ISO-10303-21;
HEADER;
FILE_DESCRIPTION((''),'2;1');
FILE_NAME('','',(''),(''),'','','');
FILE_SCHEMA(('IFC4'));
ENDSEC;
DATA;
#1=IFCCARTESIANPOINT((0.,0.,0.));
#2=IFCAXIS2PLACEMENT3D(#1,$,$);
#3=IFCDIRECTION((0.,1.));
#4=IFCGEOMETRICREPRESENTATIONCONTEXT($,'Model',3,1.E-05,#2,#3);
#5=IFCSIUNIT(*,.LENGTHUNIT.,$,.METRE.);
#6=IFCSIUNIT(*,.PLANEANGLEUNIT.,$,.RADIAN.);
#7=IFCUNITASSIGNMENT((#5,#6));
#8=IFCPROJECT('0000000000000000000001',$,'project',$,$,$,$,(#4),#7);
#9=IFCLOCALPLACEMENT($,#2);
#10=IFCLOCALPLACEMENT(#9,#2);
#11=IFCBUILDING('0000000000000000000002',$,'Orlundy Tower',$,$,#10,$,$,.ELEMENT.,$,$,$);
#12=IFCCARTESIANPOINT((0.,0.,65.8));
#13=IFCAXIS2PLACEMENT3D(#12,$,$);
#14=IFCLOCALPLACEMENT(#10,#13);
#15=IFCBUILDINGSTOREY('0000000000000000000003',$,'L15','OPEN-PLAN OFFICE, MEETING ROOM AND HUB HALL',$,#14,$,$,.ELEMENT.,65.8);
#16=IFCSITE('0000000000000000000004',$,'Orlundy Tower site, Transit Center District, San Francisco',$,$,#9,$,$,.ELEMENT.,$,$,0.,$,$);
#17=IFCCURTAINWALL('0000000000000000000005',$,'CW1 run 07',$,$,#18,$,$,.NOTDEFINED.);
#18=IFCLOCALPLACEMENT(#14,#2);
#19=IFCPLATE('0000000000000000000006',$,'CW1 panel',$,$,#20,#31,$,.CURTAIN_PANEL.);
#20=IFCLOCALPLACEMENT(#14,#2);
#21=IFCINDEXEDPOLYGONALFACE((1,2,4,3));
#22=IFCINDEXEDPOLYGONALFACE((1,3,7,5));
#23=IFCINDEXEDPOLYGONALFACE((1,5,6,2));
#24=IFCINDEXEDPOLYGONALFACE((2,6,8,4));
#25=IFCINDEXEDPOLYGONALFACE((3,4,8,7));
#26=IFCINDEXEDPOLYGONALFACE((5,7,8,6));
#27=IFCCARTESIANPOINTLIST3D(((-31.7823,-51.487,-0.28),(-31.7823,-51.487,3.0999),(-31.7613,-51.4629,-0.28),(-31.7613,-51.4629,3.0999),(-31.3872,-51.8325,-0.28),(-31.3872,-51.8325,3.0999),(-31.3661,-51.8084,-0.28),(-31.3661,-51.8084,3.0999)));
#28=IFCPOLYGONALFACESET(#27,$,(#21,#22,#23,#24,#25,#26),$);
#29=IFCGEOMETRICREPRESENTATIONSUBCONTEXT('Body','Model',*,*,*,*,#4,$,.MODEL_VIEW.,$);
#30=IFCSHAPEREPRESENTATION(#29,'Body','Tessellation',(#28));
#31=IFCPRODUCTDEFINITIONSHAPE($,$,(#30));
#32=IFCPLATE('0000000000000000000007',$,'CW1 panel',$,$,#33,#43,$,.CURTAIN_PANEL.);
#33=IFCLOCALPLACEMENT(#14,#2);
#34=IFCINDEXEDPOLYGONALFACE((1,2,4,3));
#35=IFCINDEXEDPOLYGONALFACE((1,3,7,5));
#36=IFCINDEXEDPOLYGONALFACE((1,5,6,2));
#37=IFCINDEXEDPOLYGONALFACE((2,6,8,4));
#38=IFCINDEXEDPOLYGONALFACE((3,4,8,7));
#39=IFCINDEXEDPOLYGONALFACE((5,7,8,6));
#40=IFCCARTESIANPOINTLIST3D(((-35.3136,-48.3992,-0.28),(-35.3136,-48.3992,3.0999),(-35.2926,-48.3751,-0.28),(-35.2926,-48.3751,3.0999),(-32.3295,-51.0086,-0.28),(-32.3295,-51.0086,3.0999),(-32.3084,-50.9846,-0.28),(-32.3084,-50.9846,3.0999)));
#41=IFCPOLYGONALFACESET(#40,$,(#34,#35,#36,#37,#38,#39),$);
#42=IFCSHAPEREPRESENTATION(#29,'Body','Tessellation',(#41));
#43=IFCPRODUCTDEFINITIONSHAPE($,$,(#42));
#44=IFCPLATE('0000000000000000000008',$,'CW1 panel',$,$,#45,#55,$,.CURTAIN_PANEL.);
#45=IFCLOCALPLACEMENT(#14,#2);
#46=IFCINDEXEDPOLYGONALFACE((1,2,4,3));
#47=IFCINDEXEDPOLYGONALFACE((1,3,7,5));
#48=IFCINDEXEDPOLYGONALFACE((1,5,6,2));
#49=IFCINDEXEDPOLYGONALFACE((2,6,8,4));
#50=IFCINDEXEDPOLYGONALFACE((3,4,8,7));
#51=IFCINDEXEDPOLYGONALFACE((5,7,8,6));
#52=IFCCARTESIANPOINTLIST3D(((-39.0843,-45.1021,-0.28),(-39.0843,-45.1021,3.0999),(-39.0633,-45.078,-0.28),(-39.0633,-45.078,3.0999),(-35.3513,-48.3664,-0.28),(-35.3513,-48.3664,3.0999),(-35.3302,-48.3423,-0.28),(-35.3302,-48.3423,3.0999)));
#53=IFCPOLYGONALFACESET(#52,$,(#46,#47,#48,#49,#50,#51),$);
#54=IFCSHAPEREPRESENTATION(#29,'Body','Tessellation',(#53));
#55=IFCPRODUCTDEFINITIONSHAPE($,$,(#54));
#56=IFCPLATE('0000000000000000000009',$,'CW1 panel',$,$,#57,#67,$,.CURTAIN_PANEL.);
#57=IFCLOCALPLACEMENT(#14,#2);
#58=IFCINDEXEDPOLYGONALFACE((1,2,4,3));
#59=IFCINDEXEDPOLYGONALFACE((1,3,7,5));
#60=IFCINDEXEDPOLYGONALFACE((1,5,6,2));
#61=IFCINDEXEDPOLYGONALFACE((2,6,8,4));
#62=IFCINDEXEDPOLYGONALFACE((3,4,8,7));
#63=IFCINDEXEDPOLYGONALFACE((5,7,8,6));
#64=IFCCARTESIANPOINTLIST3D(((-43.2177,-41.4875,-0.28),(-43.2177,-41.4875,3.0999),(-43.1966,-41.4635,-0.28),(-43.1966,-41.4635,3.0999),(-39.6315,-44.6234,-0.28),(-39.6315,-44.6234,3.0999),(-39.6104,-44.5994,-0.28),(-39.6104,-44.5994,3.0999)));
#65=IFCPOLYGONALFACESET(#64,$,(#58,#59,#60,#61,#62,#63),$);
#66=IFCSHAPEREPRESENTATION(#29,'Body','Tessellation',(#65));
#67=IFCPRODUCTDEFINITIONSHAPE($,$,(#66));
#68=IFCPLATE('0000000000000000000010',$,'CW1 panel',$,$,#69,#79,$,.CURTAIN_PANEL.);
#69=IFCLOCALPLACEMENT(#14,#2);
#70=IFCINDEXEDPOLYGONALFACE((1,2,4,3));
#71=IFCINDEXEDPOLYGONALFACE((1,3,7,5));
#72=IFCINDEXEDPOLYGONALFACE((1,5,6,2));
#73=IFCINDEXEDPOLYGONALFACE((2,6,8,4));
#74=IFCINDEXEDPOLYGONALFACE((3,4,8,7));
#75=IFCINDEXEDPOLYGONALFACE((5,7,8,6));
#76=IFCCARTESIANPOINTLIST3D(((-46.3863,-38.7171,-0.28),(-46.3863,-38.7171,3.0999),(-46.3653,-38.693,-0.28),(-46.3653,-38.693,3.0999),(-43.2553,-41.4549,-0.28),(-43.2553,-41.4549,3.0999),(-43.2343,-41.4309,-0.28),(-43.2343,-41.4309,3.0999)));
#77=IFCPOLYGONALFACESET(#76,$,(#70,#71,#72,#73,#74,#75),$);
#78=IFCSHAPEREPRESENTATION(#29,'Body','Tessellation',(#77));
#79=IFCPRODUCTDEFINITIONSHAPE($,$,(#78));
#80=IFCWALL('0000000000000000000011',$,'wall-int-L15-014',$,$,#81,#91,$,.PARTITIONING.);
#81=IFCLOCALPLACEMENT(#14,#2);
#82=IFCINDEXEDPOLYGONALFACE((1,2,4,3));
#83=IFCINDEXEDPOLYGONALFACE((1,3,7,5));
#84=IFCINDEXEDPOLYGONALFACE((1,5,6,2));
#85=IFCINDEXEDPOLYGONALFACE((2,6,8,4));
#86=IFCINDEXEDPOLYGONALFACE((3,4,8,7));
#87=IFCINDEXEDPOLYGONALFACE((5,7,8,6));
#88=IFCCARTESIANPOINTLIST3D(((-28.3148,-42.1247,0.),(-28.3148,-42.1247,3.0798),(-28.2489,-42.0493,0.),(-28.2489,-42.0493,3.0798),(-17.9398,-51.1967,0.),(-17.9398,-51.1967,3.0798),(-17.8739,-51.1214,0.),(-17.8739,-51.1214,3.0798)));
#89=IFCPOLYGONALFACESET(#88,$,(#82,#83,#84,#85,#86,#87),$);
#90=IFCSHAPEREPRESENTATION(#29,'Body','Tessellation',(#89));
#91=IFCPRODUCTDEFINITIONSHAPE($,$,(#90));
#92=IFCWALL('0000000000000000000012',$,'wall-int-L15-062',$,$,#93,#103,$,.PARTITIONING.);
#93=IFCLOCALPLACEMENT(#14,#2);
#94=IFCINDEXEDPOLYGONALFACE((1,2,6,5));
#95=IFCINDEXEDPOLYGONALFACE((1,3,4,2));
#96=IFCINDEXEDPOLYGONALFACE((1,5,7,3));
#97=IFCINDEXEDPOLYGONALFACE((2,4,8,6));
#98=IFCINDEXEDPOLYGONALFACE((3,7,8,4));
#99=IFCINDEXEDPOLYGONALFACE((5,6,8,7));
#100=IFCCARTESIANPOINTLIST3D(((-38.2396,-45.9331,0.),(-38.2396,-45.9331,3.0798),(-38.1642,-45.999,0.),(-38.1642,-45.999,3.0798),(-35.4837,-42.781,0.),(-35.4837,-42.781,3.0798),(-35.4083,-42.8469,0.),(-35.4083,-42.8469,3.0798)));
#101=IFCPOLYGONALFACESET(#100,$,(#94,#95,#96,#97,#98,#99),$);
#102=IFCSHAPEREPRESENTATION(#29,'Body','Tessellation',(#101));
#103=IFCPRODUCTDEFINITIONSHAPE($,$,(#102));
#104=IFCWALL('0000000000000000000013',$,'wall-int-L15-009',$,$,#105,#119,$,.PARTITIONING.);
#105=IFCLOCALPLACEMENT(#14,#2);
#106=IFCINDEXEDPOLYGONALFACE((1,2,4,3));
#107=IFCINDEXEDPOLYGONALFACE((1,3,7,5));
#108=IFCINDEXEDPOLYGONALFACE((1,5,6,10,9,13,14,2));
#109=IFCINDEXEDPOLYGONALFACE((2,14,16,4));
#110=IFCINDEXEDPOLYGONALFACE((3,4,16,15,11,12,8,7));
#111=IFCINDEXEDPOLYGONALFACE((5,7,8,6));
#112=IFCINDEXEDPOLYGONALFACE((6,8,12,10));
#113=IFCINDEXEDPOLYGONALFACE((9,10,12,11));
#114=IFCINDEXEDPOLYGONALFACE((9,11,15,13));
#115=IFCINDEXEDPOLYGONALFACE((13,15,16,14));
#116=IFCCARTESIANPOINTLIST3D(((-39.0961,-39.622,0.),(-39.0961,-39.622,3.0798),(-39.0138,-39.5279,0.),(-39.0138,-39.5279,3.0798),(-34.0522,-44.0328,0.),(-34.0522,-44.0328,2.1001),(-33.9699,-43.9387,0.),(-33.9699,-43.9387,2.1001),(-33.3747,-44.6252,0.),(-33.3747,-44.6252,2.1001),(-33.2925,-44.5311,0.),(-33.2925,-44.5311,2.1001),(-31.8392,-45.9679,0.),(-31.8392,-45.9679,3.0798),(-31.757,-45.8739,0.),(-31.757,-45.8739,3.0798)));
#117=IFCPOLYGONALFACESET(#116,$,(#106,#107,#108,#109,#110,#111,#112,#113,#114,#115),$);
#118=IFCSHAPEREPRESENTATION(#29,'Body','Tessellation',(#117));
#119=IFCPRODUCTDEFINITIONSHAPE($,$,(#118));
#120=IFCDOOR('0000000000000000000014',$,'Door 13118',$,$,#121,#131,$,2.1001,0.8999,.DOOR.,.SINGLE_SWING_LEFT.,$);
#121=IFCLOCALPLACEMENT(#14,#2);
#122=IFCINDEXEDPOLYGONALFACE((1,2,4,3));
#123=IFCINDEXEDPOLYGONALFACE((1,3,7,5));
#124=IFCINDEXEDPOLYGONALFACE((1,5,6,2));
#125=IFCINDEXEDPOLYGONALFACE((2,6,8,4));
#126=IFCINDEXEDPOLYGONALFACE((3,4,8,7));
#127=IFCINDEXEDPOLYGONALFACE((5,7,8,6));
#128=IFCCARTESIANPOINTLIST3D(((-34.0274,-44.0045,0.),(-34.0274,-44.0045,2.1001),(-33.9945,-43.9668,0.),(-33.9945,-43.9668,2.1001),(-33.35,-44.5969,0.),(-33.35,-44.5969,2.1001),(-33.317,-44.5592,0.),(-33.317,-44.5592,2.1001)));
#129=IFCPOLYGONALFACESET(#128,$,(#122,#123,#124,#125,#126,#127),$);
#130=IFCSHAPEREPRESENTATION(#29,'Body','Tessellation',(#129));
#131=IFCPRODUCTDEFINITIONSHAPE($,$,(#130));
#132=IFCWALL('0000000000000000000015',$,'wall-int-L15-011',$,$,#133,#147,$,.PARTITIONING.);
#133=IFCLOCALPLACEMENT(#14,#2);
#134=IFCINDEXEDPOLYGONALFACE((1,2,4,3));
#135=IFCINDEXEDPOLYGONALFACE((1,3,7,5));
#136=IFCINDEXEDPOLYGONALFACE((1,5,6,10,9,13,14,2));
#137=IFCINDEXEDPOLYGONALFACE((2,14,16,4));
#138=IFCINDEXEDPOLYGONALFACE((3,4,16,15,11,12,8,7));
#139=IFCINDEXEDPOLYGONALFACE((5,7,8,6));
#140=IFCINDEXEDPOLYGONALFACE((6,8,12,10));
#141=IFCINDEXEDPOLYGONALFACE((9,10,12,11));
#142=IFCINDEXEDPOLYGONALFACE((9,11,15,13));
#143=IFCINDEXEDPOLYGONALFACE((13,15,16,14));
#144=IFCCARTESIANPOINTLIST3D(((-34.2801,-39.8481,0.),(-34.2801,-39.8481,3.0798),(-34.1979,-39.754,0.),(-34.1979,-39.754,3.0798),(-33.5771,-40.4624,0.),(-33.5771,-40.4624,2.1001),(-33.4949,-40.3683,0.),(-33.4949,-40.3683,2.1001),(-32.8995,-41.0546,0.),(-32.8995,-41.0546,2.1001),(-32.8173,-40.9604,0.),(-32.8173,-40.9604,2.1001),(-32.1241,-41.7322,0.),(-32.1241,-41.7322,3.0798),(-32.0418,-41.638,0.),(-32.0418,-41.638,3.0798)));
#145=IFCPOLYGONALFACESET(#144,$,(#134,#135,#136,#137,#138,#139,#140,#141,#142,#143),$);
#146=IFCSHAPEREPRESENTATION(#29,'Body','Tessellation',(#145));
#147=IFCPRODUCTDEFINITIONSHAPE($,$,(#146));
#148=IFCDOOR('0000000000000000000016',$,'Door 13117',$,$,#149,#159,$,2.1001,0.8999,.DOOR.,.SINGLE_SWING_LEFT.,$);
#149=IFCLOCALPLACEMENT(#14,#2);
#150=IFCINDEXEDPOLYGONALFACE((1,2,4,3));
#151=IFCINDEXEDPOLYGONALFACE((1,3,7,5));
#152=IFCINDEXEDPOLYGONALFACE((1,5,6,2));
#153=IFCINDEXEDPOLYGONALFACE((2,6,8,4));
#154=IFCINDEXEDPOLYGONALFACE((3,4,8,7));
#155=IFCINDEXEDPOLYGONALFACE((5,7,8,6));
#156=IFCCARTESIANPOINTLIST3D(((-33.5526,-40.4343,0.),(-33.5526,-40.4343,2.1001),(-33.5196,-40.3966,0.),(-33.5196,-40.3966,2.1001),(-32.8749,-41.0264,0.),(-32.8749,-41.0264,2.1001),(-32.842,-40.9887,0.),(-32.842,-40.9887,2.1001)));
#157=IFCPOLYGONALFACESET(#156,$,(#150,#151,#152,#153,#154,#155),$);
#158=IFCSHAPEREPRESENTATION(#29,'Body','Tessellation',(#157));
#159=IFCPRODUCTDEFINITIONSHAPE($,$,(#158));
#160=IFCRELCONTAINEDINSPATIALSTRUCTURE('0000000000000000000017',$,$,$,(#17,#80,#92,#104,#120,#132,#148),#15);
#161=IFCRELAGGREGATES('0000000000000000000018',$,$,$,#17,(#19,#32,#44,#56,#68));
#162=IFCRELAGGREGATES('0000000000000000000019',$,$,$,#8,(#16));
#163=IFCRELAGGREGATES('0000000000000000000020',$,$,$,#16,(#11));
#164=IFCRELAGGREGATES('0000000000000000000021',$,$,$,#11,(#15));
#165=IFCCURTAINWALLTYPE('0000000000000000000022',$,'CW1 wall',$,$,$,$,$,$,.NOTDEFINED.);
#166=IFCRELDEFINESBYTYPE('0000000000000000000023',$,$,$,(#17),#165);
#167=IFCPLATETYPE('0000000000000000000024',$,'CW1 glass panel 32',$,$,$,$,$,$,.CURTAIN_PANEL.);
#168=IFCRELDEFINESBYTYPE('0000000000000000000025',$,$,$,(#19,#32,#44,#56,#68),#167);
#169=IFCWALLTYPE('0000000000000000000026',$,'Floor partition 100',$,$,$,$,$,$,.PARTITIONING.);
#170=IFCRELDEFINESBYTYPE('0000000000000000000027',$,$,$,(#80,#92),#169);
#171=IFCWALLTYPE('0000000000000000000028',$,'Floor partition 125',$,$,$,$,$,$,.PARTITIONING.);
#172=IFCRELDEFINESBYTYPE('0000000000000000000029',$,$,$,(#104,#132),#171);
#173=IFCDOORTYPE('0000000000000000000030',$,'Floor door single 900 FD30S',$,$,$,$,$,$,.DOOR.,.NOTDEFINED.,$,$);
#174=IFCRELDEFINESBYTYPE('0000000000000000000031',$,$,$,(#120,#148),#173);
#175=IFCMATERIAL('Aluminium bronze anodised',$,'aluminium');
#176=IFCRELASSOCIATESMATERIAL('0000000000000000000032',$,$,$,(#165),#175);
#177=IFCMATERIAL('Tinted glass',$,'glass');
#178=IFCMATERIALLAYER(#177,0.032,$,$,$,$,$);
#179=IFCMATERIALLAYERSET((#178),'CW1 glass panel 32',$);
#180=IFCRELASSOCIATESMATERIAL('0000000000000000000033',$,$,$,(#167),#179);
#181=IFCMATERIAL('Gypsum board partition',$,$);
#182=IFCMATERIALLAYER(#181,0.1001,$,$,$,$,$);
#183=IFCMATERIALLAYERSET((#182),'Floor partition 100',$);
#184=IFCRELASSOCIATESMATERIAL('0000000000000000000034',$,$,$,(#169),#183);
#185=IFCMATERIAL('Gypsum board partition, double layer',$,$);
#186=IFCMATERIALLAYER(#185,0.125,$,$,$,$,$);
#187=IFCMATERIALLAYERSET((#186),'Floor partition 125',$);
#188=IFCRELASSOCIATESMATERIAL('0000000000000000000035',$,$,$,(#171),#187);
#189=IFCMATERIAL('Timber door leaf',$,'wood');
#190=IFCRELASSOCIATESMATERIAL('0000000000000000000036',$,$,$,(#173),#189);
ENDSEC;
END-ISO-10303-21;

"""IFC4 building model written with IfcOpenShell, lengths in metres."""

from ifc_helpers import new_model, si_unit, direction, frame, frame_2d, origin, origin_2d, place, context, subcontext, project, spatial, rectangle, extrude, material, layer, layer_set, type_object, element, fill, aggregate, save


model = new_model("IFC4")

# Units and contexts
model_context = context("Model", 3, precision=1e-05, world=origin(), true_north=direction((0.0, 1.0)))
body_context = subcontext(model_context, "Body", "Model", "MODEL_VIEW")
ifc_project = project(units=[si_unit("LENGTHUNIT", "METRE"), si_unit("PLANEANGLEUNIT", "RADIAN")], contexts=[model_context])

# Site, building, storey
site_placement = place(None, origin())
site = spatial("IfcSite", under=ifc_project, at=site_placement, Name="Orlundy Tower site, Transit Center District, San Francisco", CompositionType="ELEMENT", RefElevation=0.0)
building_placement = place(site_placement, origin())
building = spatial("IfcBuilding", under=site, at=building_placement, Name="Orlundy Tower", CompositionType="ELEMENT")
storey_placement = place(building_placement, frame((0.0, 0.0, 65.8)))
storey = spatial("IfcBuildingStorey", under=building, at=storey_placement, Name="L15", Description="OPEN-PLAN OFFICE, MEETING ROOM AND HUB HALL", CompositionType="ELEMENT", Elevation=65.8)

# Shared definitions
ifc_material_1 = material(Name="Aluminium bronze anodised", Category="aluminium")
curtain_wall_type = type_object("IfcCurtainWallType", Name="CW1 wall", PredefinedType="NOTDEFINED", material=ifc_material_1)

# Curtain wall
curtain_wall_1_placement = place(storey_placement, origin())
curtain_wall_1 = element("IfcCurtainWall", 1, at=curtain_wall_1_placement, inside=storey, type_object=curtain_wall_type, Name="CW1 run 07", PredefinedType="NOTDEFINED")

# Plates
ifc_material_2 = material(Name="Tinted glass", Category="glass")
ifc_layer_1 = layer(ifc_material_2, 0.032)
ifc_layer_set_1 = layer_set([ifc_layer_1], Name="CW1 glass panel 32")
plate_type = type_object("IfcPlateType", Name="CW1 glass panel 32", PredefinedType="CURTAIN_PANEL", material=ifc_layer_set_1)
plate_1_placement = place(storey_placement, frame((-31.5742, -51.6477, -0.28), z_axis=(0.0, 0.0, 1.0), x_axis=(-0.752789, 0.658262, 0.0)))
plate_1 = element("IfcPlate", 2, at=plate_1_placement, type_object=plate_type, Name="CW1 panel", PredefinedType="CURTAIN_PANEL", context=body_context, shape_type="SweptSolid", body=[
    extrude(rectangle(XDim=0.5249, YDim=0.032, at=origin_2d()), origin(), (0.0, 0.0, 1.0), 3.3799),
])
plate_2_placement = place(storey_placement, frame((-33.811, -49.6919, -0.28), z_axis=(0.0, 0.0, 1.0), x_axis=(-0.752789, 0.658262, 0.0)))
plate_2 = element("IfcPlate", 3, at=plate_2_placement, type_object=plate_type, Name="CW1 panel", PredefinedType="CURTAIN_PANEL", context=body_context, shape_type="SweptSolid", body=[
    extrude(rectangle(XDim=3.9641, YDim=0.032, at=origin_2d()), origin(), (0.0, 0.0, 1.0), 3.3799),
])
plate_3_placement = place(storey_placement, frame((-37.2073, -46.7222, -0.28), z_axis=(0.0, 0.0, 1.0), x_axis=(-0.752789, 0.658262, 0.0)))
plate_3 = element("IfcPlate", 4, at=plate_3_placement, type_object=plate_type, Name="CW1 panel", PredefinedType="CURTAIN_PANEL", context=body_context, shape_type="SweptSolid", body=[
    extrude(rectangle(XDim=4.959, YDim=0.032, at=origin_2d()), origin(), (0.0, 0.0, 1.0), 3.3799),
])
plate_4_placement = place(storey_placement, frame((-41.4141, -43.0435, -0.28), z_axis=(0.0, 0.0, 1.0), x_axis=(-0.752789, 0.658262, 0.0)))
plate_4 = element("IfcPlate", 5, at=plate_4_placement, type_object=plate_type, Name="CW1 panel", PredefinedType="CURTAIN_PANEL", context=body_context, shape_type="SweptSolid", body=[
    extrude(rectangle(XDim=4.7639, YDim=0.032, at=origin_2d()), origin(), (0.0, 0.0, 1.0), 3.3799),
])
plate_5_placement = place(storey_placement, frame((-44.8103, -40.074, -0.28), z_axis=(0.0, 0.0, 1.0), x_axis=(-0.752789, 0.658262, 0.0)))
plate_5 = element("IfcPlate", 6, at=plate_5_placement, type_object=plate_type, Name="CW1 panel", PredefinedType="CURTAIN_PANEL", context=body_context, shape_type="SweptSolid", body=[
    extrude(rectangle(XDim=4.1592, YDim=0.032, at=origin_2d()), origin(), (0.0, 0.0, 1.0), 3.3799),
])
aggregate(curtain_wall_1, [plate_1, plate_2, plate_3, plate_4, plate_5])

# Walls
ifc_material_3 = material(Name="Gypsum board partition")
ifc_layer_2 = layer(ifc_material_3, 0.1001)
ifc_layer_set_2 = layer_set([ifc_layer_2], Name="Floor partition 100")
wall_type_1 = type_object("IfcWallType", Name="Floor partition 100", PredefinedType="PARTITIONING", material=ifc_layer_set_2)
wall_1_placement = place(storey_placement, frame((-28.282, -42.0869, 0.0), z_axis=(0.0, 0.0, 1.0), x_axis=(0.752796, -0.658254, 0.0)))
element("IfcWall", 7, at=wall_1_placement, inside=storey, type_object=wall_type_1, Name="wall-int-L15-014", PredefinedType="PARTITIONING", context=body_context, shape_type="SweptSolid", body=[
    extrude(rectangle(XDim=13.782, YDim=0.1001, at=frame_2d((6.8911, 0.0))), origin(), (0.0, 0.0, 1.0), 3.0798),
])
wall_2_placement = place(storey_placement, frame((-38.2019, -45.9661, 0.0), z_axis=(0.0, 0.0, 1.0), x_axis=(0.658203, 0.75284, 0.0)))
element("IfcWall", 8, at=wall_2_placement, inside=storey, type_object=wall_type_1, Name="wall-int-L15-062", PredefinedType="PARTITIONING", context=body_context, shape_type="SweptSolid", body=[
    extrude(rectangle(XDim=4.187, YDim=0.1001, at=frame_2d((2.0935, 0.0))), origin(), (0.0, 0.0, 1.0), 3.0798),
])

# Walls, openings, doors
ifc_material_4 = material(Name="Gypsum board partition, double layer")
ifc_layer_3 = layer(ifc_material_4, 0.125)
ifc_layer_set_3 = layer_set([ifc_layer_3], Name="Floor partition 125")
wall_type_2 = type_object("IfcWallType", Name="Floor partition 125", PredefinedType="PARTITIONING", material=ifc_layer_set_3)
wall_3_placement = place(storey_placement, frame((-31.7981, -45.9209, 0.0), z_axis=(0.0, 0.0, 1.0), x_axis=(-0.752771, 0.658282, 0.0)))
wall_3 = element("IfcWall", 9, at=wall_3_placement, inside=storey, type_object=wall_type_2, Name="wall-int-L15-009", PredefinedType="PARTITIONING", context=body_context, shape_type="SweptSolid", body=[
    extrude(rectangle(XDim=9.6401, YDim=0.125, at=frame_2d((4.8201, 0.0))), origin(), (0.0, 0.0, 1.0), 3.0798),
])
opening_1_placement = place(wall_3_placement, frame((2.0398, 0.0, 0.0)))
opening_1 = element("IfcOpeningElement", 10, at=opening_1_placement, cuts=wall_3, PredefinedType="OPENING", context=body_context, shape_type="SweptSolid", body=[
    extrude(rectangle(XDim=0.8999, YDim=2.1001, at=frame_2d((0.45, 1.05))), frame((0.0, 0.0725, 0.0), z_axis=(0.0, -1.0, 0.0), x_axis=(1.0, 0.0, 0.0)), (0.0, 0.0, 1.0), 0.145),
])
ifc_material_5 = material(Name="Timber door leaf", Category="wood")
door_type = type_object("IfcDoorType", Name="Floor door single 900 FD30S", OperationType="NOTDEFINED", PredefinedType="DOOR", material=ifc_material_5)
door_1_placement = place(opening_1_placement, origin())
door_1 = element("IfcDoor", 11, at=door_1_placement, inside=storey, type_object=door_type, Name="Door 13118", OperationType="SINGLE_SWING_LEFT", OverallHeight=2.1001, OverallWidth=0.8999, PredefinedType="DOOR", context=body_context, shape_type="SweptSolid", body=[
    extrude(rectangle(XDim=0.8999, YDim=2.1001, at=frame_2d((0.45, 1.05))), frame((0.0, 0.0249, 0.0), z_axis=(0.0, -1.0, 0.0), x_axis=(1.0, 0.0, 0.0)), (0.0, 0.0, 1.0), 0.05),
])
fill(opening_1, door_1)
wall_4_placement = place(storey_placement, frame((-34.239, -39.801, 0.0), z_axis=(0.0, 0.0, 1.0), x_axis=(0.753004, -0.658015, 0.0)))
wall_4 = element("IfcWall", 12, at=wall_4_placement, inside=storey, type_object=wall_type_2, Name="wall-int-L15-011", PredefinedType="PARTITIONING", context=body_context, shape_type="SweptSolid", body=[
    extrude(rectangle(XDim=2.8633, YDim=0.125, at=frame_2d((1.4316, 0.0))), origin(), (0.0, 0.0, 1.0), 3.0798),
])
opening_2_placement = place(wall_4_placement, frame((0.9336, 0.0, 0.0)))
opening_2 = element("IfcOpeningElement", 13, at=opening_2_placement, cuts=wall_4, PredefinedType="OPENING", context=body_context, shape_type="SweptSolid", body=[
    extrude(rectangle(XDim=0.8999, YDim=2.1001, at=frame_2d((0.45, 1.05))), frame((0.0, 0.0725, 0.0), z_axis=(0.0, -1.0, 0.0), x_axis=(1.0, 0.0, 0.0)), (0.0, 0.0, 1.0), 0.145),
])
door_2_placement = place(opening_2_placement, origin())
door_2 = element("IfcDoor", 14, at=door_2_placement, inside=storey, type_object=door_type, Name="Door 13117", OperationType="SINGLE_SWING_LEFT", OverallHeight=2.1001, OverallWidth=0.8999, PredefinedType="DOOR", context=body_context, shape_type="SweptSolid", body=[
    extrude(rectangle(XDim=0.8999, YDim=2.1001, at=frame_2d((0.45, 1.05))), frame((0.0, 0.0249, 0.0), z_axis=(0.0, -1.0, 0.0), x_axis=(1.0, 0.0, 0.0)), (0.0, 0.0, 1.0), 0.05),
])
fill(opening_2, door_2)

save(model, "model.ifc")
